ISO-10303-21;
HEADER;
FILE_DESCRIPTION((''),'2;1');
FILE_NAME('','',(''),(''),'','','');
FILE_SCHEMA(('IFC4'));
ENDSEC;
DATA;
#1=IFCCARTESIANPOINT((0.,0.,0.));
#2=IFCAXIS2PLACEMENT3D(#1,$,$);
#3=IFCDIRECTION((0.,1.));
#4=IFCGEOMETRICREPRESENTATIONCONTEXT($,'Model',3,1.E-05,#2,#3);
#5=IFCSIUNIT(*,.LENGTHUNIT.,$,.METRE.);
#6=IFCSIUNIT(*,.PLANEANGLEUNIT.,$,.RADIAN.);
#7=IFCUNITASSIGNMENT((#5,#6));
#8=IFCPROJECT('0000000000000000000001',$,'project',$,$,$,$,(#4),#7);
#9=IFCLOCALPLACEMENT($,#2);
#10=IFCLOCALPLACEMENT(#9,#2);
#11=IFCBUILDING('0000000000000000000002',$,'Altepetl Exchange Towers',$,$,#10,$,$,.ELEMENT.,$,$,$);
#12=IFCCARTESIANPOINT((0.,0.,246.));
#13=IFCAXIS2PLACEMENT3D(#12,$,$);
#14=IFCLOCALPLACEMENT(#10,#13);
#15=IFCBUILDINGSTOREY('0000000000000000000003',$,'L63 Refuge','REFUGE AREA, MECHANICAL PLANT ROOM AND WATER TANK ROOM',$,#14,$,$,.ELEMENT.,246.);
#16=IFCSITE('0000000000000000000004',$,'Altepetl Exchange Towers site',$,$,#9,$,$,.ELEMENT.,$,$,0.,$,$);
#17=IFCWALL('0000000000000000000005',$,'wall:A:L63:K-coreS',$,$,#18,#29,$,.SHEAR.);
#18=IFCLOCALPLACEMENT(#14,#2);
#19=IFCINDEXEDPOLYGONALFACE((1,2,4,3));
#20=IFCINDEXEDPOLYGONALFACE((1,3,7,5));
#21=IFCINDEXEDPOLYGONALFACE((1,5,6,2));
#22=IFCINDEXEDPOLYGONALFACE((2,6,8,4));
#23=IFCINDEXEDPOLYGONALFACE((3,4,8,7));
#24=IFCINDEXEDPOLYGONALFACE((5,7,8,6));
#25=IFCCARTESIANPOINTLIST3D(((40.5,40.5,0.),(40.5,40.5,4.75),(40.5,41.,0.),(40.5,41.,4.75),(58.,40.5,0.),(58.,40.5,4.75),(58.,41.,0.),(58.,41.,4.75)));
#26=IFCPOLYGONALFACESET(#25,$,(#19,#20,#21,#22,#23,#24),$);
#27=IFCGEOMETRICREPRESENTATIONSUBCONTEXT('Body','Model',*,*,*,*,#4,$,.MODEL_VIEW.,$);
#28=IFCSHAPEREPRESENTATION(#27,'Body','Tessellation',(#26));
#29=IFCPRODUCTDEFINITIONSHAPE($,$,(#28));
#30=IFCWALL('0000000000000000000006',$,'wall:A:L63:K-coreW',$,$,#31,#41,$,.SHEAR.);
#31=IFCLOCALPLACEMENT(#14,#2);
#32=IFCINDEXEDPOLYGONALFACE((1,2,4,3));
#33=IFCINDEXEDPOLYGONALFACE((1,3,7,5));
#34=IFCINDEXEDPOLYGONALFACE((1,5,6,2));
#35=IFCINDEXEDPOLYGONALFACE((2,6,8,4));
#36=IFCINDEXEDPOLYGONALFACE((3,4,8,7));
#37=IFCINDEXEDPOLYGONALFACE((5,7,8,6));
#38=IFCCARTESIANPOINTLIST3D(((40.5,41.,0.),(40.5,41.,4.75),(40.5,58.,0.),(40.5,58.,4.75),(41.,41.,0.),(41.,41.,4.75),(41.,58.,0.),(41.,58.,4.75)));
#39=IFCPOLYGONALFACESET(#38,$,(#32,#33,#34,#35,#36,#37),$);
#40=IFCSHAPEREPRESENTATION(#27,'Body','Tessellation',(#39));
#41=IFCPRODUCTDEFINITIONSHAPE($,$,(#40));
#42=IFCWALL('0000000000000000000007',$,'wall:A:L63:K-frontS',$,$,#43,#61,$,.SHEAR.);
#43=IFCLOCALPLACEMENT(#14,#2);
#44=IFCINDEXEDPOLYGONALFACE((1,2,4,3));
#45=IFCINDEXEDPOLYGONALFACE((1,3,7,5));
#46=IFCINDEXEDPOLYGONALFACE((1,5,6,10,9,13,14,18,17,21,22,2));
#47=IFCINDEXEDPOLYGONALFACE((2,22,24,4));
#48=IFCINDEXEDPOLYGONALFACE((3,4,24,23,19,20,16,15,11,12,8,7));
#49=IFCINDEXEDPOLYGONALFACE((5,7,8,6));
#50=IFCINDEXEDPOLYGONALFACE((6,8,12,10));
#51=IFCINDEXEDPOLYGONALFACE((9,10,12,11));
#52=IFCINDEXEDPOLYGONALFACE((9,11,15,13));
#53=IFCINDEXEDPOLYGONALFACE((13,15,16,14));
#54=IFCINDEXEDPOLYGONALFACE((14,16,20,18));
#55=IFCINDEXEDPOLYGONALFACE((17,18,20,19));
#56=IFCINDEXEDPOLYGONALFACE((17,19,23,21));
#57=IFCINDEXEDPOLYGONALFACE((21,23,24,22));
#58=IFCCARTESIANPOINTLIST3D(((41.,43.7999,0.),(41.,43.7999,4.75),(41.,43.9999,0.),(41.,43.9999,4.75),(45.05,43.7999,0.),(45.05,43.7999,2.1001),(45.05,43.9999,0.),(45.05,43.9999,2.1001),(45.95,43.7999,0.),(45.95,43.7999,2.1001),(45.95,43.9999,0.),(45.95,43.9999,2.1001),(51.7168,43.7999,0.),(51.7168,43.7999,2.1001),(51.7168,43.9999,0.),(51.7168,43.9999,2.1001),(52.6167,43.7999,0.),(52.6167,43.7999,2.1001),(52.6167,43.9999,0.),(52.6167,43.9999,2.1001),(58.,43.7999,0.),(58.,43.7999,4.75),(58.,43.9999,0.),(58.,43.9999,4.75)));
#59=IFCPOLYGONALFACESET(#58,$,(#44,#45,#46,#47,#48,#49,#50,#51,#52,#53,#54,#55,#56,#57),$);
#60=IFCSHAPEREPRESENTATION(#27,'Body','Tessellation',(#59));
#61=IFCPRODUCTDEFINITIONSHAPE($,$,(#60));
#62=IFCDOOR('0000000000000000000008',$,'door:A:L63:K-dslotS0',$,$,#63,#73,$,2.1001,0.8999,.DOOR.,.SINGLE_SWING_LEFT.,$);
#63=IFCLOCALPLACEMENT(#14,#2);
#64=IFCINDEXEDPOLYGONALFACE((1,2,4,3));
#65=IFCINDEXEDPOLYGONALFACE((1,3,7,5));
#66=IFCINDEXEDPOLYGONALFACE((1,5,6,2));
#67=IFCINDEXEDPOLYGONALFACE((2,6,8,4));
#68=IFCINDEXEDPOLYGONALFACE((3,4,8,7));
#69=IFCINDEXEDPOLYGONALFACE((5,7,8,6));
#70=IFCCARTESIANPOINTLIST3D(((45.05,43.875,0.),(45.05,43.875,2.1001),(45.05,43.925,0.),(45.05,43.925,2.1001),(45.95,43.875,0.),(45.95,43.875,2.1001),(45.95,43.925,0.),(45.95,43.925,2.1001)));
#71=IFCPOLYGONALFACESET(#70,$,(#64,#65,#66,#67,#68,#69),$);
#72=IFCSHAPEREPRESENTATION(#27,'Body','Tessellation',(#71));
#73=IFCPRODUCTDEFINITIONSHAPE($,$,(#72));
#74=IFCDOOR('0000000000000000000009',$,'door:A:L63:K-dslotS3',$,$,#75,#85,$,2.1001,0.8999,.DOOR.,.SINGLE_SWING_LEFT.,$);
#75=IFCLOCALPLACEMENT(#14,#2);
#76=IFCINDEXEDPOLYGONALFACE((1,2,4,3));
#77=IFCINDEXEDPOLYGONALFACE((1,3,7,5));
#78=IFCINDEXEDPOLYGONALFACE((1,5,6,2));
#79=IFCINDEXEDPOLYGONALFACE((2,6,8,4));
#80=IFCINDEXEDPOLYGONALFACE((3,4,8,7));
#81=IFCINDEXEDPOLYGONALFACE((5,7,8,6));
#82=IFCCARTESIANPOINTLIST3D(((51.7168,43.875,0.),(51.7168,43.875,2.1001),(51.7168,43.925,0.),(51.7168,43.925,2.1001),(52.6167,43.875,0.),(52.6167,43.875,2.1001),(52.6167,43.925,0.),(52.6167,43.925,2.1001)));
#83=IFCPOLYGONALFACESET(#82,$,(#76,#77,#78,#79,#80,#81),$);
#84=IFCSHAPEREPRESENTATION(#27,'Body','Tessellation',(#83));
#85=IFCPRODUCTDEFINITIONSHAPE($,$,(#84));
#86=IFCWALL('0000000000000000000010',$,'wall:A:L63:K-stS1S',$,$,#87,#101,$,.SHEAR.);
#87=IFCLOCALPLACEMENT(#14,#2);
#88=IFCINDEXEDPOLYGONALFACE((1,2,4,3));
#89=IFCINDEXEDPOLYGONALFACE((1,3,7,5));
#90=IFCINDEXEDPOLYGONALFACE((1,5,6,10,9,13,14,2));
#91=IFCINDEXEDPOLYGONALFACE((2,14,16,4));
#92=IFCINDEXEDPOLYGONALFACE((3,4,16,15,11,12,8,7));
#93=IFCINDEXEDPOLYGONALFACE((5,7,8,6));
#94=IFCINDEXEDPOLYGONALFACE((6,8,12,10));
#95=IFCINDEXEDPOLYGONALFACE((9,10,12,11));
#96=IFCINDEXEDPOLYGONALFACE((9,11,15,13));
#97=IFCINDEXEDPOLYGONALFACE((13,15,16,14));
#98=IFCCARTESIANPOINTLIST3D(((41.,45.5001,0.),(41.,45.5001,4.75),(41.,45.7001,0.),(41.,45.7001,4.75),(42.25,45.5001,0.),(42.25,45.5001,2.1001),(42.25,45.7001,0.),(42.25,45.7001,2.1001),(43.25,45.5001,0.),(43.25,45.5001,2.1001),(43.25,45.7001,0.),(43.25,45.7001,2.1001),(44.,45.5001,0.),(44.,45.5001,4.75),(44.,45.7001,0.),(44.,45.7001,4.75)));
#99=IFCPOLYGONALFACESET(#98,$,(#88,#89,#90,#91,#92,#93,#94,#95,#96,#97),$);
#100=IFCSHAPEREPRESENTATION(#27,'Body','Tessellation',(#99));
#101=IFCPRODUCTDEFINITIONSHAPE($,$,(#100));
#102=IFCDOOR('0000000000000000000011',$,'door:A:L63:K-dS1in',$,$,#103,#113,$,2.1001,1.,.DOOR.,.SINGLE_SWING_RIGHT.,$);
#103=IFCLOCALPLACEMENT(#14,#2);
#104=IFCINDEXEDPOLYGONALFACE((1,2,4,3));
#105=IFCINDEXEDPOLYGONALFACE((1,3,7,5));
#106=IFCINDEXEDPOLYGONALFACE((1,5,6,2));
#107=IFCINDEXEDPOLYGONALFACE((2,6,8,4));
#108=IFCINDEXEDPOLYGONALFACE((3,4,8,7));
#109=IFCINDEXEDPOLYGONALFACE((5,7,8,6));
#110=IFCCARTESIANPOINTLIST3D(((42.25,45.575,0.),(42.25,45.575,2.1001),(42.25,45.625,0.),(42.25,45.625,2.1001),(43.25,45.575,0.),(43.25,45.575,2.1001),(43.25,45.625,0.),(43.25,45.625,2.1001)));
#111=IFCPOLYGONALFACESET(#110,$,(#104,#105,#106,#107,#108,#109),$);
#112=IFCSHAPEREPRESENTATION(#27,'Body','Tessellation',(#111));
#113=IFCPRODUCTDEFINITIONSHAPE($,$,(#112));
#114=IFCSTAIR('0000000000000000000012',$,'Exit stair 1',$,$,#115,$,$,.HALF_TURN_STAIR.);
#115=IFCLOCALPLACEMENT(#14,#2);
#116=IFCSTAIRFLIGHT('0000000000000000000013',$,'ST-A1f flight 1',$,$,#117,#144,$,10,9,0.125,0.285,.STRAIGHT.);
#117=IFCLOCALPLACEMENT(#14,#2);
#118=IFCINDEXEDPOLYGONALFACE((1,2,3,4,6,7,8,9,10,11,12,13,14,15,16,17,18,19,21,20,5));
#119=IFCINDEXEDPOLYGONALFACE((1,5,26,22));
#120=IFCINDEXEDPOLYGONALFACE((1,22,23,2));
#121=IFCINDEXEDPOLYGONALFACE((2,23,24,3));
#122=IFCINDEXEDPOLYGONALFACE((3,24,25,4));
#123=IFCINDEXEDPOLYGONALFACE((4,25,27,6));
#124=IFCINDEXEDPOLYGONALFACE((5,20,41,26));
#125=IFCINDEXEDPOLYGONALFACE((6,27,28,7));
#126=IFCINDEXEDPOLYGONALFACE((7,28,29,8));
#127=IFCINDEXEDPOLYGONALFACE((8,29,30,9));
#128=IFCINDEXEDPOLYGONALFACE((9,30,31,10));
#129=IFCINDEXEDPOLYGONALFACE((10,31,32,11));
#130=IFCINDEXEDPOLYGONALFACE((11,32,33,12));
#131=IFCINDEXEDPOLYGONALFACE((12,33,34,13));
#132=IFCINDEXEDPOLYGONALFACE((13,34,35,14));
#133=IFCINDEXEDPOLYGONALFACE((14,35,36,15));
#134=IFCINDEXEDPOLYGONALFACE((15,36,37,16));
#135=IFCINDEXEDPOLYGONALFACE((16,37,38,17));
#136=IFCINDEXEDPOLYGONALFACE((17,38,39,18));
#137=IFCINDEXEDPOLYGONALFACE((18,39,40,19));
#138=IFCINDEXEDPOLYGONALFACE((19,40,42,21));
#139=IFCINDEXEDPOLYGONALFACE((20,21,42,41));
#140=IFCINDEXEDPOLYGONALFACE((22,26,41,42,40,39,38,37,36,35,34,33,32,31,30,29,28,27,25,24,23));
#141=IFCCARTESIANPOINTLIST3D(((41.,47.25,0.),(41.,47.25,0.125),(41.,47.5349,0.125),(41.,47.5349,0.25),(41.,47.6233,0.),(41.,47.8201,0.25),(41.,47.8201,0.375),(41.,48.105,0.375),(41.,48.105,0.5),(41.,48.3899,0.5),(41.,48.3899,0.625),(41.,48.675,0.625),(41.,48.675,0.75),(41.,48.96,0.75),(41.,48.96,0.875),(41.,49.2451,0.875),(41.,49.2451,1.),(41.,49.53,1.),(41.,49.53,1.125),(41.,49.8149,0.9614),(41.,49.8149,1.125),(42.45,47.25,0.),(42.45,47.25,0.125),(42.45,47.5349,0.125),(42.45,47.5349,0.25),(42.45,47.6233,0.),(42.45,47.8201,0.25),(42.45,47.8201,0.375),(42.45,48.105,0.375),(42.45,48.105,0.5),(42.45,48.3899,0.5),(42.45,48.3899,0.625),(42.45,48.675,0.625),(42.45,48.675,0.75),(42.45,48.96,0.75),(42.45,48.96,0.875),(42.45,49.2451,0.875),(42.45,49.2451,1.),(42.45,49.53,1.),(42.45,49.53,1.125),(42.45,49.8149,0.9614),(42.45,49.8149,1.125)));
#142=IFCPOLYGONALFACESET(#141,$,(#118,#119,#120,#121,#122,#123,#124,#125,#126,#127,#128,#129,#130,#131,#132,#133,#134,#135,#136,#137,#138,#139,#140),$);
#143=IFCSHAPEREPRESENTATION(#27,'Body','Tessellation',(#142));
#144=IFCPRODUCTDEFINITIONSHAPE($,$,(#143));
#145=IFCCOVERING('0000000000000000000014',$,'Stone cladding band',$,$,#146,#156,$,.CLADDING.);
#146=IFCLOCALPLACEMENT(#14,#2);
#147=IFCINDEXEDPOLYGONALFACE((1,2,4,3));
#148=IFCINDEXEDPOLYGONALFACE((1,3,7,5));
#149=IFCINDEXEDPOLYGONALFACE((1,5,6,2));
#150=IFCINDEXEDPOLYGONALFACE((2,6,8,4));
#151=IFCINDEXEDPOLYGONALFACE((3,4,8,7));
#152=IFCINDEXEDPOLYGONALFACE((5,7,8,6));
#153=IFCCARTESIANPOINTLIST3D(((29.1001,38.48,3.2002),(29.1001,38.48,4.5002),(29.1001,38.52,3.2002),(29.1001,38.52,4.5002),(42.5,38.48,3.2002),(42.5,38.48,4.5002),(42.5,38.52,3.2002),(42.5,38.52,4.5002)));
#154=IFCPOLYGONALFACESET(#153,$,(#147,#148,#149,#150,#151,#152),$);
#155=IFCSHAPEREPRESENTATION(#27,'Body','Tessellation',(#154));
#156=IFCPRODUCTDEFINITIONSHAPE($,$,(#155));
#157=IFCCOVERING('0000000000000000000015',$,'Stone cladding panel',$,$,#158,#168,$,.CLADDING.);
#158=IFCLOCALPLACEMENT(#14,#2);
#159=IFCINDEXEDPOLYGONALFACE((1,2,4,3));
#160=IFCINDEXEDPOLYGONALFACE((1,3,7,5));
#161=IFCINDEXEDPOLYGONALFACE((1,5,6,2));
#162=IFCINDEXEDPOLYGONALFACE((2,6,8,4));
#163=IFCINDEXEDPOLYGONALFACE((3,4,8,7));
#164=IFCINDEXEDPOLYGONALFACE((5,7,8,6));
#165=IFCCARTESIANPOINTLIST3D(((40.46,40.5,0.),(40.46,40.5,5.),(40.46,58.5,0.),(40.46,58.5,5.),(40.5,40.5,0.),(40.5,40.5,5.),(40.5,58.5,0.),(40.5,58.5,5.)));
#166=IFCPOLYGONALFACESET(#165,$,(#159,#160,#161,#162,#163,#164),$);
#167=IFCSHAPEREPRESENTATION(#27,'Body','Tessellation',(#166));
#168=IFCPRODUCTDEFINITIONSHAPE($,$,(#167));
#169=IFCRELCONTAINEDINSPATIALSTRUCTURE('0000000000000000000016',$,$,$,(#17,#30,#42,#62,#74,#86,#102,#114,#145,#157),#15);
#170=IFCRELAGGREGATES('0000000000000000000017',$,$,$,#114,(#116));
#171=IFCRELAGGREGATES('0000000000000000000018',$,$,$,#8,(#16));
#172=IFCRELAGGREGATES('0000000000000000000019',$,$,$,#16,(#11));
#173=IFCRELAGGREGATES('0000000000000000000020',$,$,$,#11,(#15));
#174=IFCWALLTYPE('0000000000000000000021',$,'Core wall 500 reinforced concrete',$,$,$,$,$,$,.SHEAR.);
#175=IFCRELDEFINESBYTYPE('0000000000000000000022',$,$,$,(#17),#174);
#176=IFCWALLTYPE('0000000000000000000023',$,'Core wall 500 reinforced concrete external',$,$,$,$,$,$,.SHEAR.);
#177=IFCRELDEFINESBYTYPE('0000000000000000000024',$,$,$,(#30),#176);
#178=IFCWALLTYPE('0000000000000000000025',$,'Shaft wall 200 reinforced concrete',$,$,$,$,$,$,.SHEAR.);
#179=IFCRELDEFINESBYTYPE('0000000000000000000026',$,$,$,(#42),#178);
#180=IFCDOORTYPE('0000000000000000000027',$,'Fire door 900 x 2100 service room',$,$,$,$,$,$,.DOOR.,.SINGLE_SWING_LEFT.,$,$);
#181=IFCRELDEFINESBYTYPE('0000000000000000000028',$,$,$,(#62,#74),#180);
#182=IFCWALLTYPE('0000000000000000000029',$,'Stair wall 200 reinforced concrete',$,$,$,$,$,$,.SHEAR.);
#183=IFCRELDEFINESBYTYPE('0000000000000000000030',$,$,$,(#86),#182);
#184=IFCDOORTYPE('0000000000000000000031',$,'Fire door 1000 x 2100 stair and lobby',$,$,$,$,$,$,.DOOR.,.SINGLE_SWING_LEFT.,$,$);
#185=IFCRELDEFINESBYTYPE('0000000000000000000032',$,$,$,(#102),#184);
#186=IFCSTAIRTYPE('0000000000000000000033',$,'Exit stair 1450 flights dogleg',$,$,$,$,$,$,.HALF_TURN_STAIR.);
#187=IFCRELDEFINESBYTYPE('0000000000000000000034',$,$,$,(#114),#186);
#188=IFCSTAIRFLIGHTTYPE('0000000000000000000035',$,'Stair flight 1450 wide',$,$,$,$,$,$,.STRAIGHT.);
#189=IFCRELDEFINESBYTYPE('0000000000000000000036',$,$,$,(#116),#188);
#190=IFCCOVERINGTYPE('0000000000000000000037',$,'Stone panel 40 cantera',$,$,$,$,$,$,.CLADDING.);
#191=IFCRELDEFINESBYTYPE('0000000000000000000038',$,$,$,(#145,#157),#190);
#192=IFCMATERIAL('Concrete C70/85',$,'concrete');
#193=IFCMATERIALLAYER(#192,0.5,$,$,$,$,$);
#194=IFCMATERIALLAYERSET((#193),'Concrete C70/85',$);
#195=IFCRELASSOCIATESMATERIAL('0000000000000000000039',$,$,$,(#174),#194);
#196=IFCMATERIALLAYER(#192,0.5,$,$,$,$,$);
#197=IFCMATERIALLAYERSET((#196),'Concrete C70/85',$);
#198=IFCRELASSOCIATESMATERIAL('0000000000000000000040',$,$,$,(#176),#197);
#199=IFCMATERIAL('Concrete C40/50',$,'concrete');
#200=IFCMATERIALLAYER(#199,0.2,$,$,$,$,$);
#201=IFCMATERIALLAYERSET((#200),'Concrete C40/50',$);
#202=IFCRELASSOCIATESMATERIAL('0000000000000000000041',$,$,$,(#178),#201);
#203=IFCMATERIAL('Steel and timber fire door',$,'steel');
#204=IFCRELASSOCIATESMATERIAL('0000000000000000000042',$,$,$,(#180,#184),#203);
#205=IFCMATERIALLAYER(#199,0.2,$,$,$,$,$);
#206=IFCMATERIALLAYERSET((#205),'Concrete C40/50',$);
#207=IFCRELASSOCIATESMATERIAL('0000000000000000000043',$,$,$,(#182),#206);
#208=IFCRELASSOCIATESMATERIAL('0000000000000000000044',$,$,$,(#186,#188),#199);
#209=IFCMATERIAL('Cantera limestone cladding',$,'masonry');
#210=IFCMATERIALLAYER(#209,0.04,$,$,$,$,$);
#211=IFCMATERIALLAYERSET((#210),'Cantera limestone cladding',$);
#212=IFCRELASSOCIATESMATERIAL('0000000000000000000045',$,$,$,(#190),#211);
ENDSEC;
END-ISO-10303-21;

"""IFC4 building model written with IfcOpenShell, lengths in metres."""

from ifc_helpers import new_model, si_unit, direction, frame, frame_2d, origin, origin_2d, place, context, subcontext, project, spatial, polyline, rectangle, outline, extrude, material, layer, layer_set, type_object, element, fill, aggregate, save


model = new_model("IFC4")

# Units and contexts
model_context = context("Model", 3, precision=1e-05, world=origin(), true_north=direction((0.0, 1.0)))
body_context = subcontext(model_context, "Body", "Model", "MODEL_VIEW")
ifc_project = project(units=[si_unit("LENGTHUNIT", "METRE"), si_unit("PLANEANGLEUNIT", "RADIAN")], contexts=[model_context])

# Site, building, storey
site_placement = place(None, origin())
site = spatial("IfcSite", under=ifc_project, at=site_placement, Name="Altepetl Exchange Towers site", CompositionType="ELEMENT", RefElevation=0.0)
building_placement = place(site_placement, origin())
building = spatial("IfcBuilding", under=site, at=building_placement, Name="Altepetl Exchange Towers", CompositionType="ELEMENT")
storey_placement = place(building_placement, frame((0.0, 0.0, 246.0)))
storey = spatial("IfcBuildingStorey", under=building, at=storey_placement, Name="L63 Refuge", Description="REFUGE AREA, MECHANICAL PLANT ROOM AND WATER TANK ROOM", CompositionType="ELEMENT", Elevation=246.0)

# Walls
ifc_material_1 = material(Name="Concrete C70/85", Category="concrete")
ifc_layer_1 = layer(ifc_material_1, 0.5)
ifc_layer_set_1 = layer_set([ifc_layer_1], Name="Concrete C70/85")
wall_type_1 = type_object("IfcWallType", Name="Core wall 500 reinforced concrete", PredefinedType="SHEAR", material=ifc_layer_set_1)
wall_1_placement = place(storey_placement, frame((40.5, 40.75, 0.0)))
element("IfcWall", 1, at=wall_1_placement, inside=storey, type_object=wall_type_1, Name="wall:A:L63:K-coreS", PredefinedType="SHEAR", context=body_context, shape_type="SweptSolid", body=[
    extrude(rectangle(XDim=17.5, YDim=0.5, at=frame_2d((8.75, 0.0))), origin(), (0.0, 0.0, 1.0), 4.75),
])
ifc_layer_2 = layer(ifc_material_1, 0.5)
ifc_layer_set_2 = layer_set([ifc_layer_2], Name="Concrete C70/85")
wall_type_2 = type_object("IfcWallType", Name="Core wall 500 reinforced concrete external", PredefinedType="SHEAR", material=ifc_layer_set_2)
wall_2_placement = place(storey_placement, frame((40.75, 41.0, 0.0), z_axis=(0.0, 0.0, 1.0), x_axis=(0.0, 1.0, 0.0)))
element("IfcWall", 2, at=wall_2_placement, inside=storey, type_object=wall_type_2, Name="wall:A:L63:K-coreW", PredefinedType="SHEAR", context=body_context, shape_type="SweptSolid", body=[
    extrude(rectangle(XDim=17.0, YDim=0.5, at=frame_2d((8.5, 0.0))), origin(), (0.0, 0.0, 1.0), 4.75),
])

# Wall, openings, doors
ifc_material_2 = material(Name="Concrete C40/50", Category="concrete")
ifc_layer_3 = layer(ifc_material_2, 0.2)
ifc_layer_set_3 = layer_set([ifc_layer_3], Name="Concrete C40/50")
wall_type_3 = type_object("IfcWallType", Name="Shaft wall 200 reinforced concrete", PredefinedType="SHEAR", material=ifc_layer_set_3)
wall_3_placement = place(storey_placement, frame((41.0, 43.8999, 0.0)))
wall_3 = element("IfcWall", 3, at=wall_3_placement, inside=storey, type_object=wall_type_3, Name="wall:A:L63:K-frontS", PredefinedType="SHEAR", context=body_context, shape_type="SweptSolid", body=[
    extrude(rectangle(XDim=17.0, YDim=0.2, at=frame_2d((8.5, 0.0))), origin(), (0.0, 0.0, 1.0), 4.75),
])
opening_1_placement = place(wall_3_placement, frame((4.05, 0.0, 0.0)))
opening_1 = element("IfcOpeningElement", 4, at=opening_1_placement, cuts=wall_3, PredefinedType="OPENING", context=body_context, shape_type="SweptSolid", body=[
    extrude(rectangle(XDim=0.8999, YDim=2.1001, at=frame_2d((0.45, 1.05))), frame((0.0, 0.1099, 0.0), z_axis=(0.0, -1.0, 0.0), x_axis=(1.0, 0.0, 0.0)), (0.0, 0.0, 1.0), 0.22),
])
opening_2_placement = place(wall_3_placement, frame((10.7168, 0.0, 0.0)))
opening_2 = element("IfcOpeningElement", 5, at=opening_2_placement, cuts=wall_3, PredefinedType="OPENING", context=body_context, shape_type="SweptSolid", body=[
    extrude(rectangle(XDim=0.8999, YDim=2.1001, at=frame_2d((0.45, 1.05))), frame((0.0, 0.1099, 0.0), z_axis=(0.0, -1.0, 0.0), x_axis=(1.0, 0.0, 0.0)), (0.0, 0.0, 1.0), 0.22),
])
ifc_material_3 = material(Name="Steel and timber fire door", Category="steel")
door_type_1 = type_object("IfcDoorType", Name="Fire door 900 x 2100 service room", OperationType="SINGLE_SWING_LEFT", PredefinedType="DOOR", material=ifc_material_3)
door_1_placement = place(opening_1_placement, frame((0.8999, 0.0, 0.0), x_axis=(-1.0, 0.0, 0.0)))
door_1 = element("IfcDoor", 6, at=door_1_placement, inside=storey, type_object=door_type_1, Name="door:A:L63:K-dslotS0", OperationType="SINGLE_SWING_LEFT", OverallHeight=2.1001, OverallWidth=0.8999, PredefinedType="DOOR", context=body_context, shape_type="SweptSolid", body=[
    extrude(rectangle(XDim=0.8999, YDim=2.1001, at=frame_2d((0.45, 1.05))), frame((0.0, 0.0249, 0.0), z_axis=(0.0, -1.0, 0.0), x_axis=(1.0, 0.0, 0.0)), (0.0, 0.0, 1.0), 0.05),
])
fill(opening_1, door_1)
door_2_placement = place(opening_2_placement, frame((0.8999, 0.0, 0.0), x_axis=(-1.0, 0.0, 0.0)))
door_2 = element("IfcDoor", 7, at=door_2_placement, inside=storey, type_object=door_type_1, Name="door:A:L63:K-dslotS3", OperationType="SINGLE_SWING_LEFT", OverallHeight=2.1001, OverallWidth=0.8999, PredefinedType="DOOR", context=body_context, shape_type="SweptSolid", body=[
    extrude(rectangle(XDim=0.8999, YDim=2.1001, at=frame_2d((0.45, 1.05))), frame((0.0, 0.0249, 0.0), z_axis=(0.0, -1.0, 0.0), x_axis=(1.0, 0.0, 0.0)), (0.0, 0.0, 1.0), 0.05),
])
fill(opening_2, door_2)

# Wall, opening, door
ifc_layer_4 = layer(ifc_material_2, 0.2)
ifc_layer_set_4 = layer_set([ifc_layer_4], Name="Concrete C40/50")
wall_type_4 = type_object("IfcWallType", Name="Stair wall 200 reinforced concrete", PredefinedType="SHEAR", material=ifc_layer_set_4)
wall_4_placement = place(storey_placement, frame((41.0, 45.6001, 0.0)))
wall_4 = element("IfcWall", 8, at=wall_4_placement, inside=storey, type_object=wall_type_4, Name="wall:A:L63:K-stS1S", PredefinedType="SHEAR", context=body_context, shape_type="SweptSolid", body=[
    extrude(rectangle(XDim=3.0, YDim=0.2, at=frame_2d((1.5, 0.0))), origin(), (0.0, 0.0, 1.0), 4.75),
])
opening_3_placement = place(wall_4_placement, frame((1.25, 0.0, 0.0)))
opening_3 = element("IfcOpeningElement", 9, at=opening_3_placement, cuts=wall_4, PredefinedType="OPENING", context=body_context, shape_type="SweptSolid", body=[
    extrude(rectangle(XDim=1.0, YDim=2.1001, at=frame_2d((0.5, 1.05))), frame((0.0, 0.1099, 0.0), z_axis=(0.0, -1.0, 0.0), x_axis=(1.0, 0.0, 0.0)), (0.0, 0.0, 1.0), 0.22),
])
door_type_2 = type_object("IfcDoorType", Name="Fire door 1000 x 2100 stair and lobby", OperationType="SINGLE_SWING_LEFT", PredefinedType="DOOR", material=ifc_material_3)
door_3_placement = place(opening_3_placement, origin())
door_3 = element("IfcDoor", 10, at=door_3_placement, inside=storey, type_object=door_type_2, Name="door:A:L63:K-dS1in", OperationType="SINGLE_SWING_RIGHT", OverallHeight=2.1001, OverallWidth=1.0, PredefinedType="DOOR", context=body_context, shape_type="SweptSolid", body=[
    extrude(rectangle(XDim=1.0, YDim=2.1001, at=frame_2d((0.5, 1.05))), frame((0.0, 0.0249, 0.0), z_axis=(0.0, -1.0, 0.0), x_axis=(1.0, 0.0, 0.0)), (0.0, 0.0, 1.0), 0.05),
])
fill(opening_3, door_3)

# Stair, stair flight
stair_type = type_object("IfcStairType", Name="Exit stair 1450 flights dogleg", PredefinedType="HALF_TURN_STAIR", material=ifc_material_2)
stair_placement = place(storey_placement, origin())
stair = element("IfcStair", 11, at=stair_placement, inside=storey, type_object=stair_type, Name="Exit stair 1", PredefinedType="HALF_TURN_STAIR")
stair_flight_type = type_object("IfcStairFlightType", Name="Stair flight 1450 wide", PredefinedType="STRAIGHT", material=ifc_material_2)
stair_flight_placement = place(storey_placement, frame((41.7251, 47.25, 0.0), z_axis=(0.0, 0.0, 1.0), x_axis=(0.0, 1.0, 0.0)))
stair_flight = element("IfcStairFlight", 12, at=stair_flight_placement, type_object=stair_flight_type, Name="ST-A1f flight 1", NumberOfRisers=10, NumberOfTreads=9, PredefinedType="STRAIGHT", RiserHeight=0.125, TreadLength=0.285, context=body_context, shape_type="SweptSolid", body=[
    extrude(outline(polyline([(0.0, 0.0), (0.0, 0.125), (0.2849, 0.125), (0.2849, 0.25), (0.5701, 0.25), (0.5701, 0.375), (0.855, 0.375), (0.855, 0.5), (1.1399, 0.5), (1.1399, 0.625), (1.425, 0.625), (1.425, 0.75), (1.71, 0.75), (1.71, 0.875), (1.9951, 0.875), (1.9951, 1.0), (2.28, 1.0), (2.28, 1.125), (2.5649, 1.125), (2.5649, 1.25), (2.5649, 0.9614), (0.3733, 0.0), (0.0, 0.0)])), frame((0.0, 0.7251, 0.0), z_axis=(0.0, -1.0, 0.0), x_axis=(1.0, 0.0, 0.0)), (0.0, 0.0, 1.0), 1.45),
])
aggregate(stair, [stair_flight])

# Coverings
ifc_material_4 = material(Name="Cantera limestone cladding", Category="masonry")
ifc_layer_5 = layer(ifc_material_4, 0.04)
ifc_layer_set_5 = layer_set([ifc_layer_5], Name="Cantera limestone cladding")
covering_type = type_object("IfcCoveringType", Name="Stone panel 40 cantera", PredefinedType="CLADDING", material=ifc_layer_set_5)
covering_1_placement = place(storey_placement, frame((35.8, 38.5, 3.2002), z_axis=(0.0, 0.0, 1.0), x_axis=(-1.0, 0.0, 0.0)))
element("IfcCovering", 13, at=covering_1_placement, inside=storey, type_object=covering_type, Name="Stone cladding band", PredefinedType="CLADDING", context=body_context, shape_type="SweptSolid", body=[
    extrude(rectangle(XDim=13.3999, YDim=0.04, at=origin_2d()), origin(), (0.0, 0.0, 1.0), 1.3),
])
covering_2_placement = place(storey_placement, frame((40.48, 49.5, 0.0), z_axis=(0.0, 0.0, 1.0), x_axis=(0.0, -1.0, 0.0)))
element("IfcCovering", 14, at=covering_2_placement, inside=storey, type_object=covering_type, Name="Stone cladding panel", PredefinedType="CLADDING", context=body_context, shape_type="SweptSolid", body=[
    extrude(rectangle(XDim=18.0, YDim=0.04, at=origin_2d()), origin(), (0.0, 0.0, 1.0), 5.0),
])

save(model, "model.ifc")
